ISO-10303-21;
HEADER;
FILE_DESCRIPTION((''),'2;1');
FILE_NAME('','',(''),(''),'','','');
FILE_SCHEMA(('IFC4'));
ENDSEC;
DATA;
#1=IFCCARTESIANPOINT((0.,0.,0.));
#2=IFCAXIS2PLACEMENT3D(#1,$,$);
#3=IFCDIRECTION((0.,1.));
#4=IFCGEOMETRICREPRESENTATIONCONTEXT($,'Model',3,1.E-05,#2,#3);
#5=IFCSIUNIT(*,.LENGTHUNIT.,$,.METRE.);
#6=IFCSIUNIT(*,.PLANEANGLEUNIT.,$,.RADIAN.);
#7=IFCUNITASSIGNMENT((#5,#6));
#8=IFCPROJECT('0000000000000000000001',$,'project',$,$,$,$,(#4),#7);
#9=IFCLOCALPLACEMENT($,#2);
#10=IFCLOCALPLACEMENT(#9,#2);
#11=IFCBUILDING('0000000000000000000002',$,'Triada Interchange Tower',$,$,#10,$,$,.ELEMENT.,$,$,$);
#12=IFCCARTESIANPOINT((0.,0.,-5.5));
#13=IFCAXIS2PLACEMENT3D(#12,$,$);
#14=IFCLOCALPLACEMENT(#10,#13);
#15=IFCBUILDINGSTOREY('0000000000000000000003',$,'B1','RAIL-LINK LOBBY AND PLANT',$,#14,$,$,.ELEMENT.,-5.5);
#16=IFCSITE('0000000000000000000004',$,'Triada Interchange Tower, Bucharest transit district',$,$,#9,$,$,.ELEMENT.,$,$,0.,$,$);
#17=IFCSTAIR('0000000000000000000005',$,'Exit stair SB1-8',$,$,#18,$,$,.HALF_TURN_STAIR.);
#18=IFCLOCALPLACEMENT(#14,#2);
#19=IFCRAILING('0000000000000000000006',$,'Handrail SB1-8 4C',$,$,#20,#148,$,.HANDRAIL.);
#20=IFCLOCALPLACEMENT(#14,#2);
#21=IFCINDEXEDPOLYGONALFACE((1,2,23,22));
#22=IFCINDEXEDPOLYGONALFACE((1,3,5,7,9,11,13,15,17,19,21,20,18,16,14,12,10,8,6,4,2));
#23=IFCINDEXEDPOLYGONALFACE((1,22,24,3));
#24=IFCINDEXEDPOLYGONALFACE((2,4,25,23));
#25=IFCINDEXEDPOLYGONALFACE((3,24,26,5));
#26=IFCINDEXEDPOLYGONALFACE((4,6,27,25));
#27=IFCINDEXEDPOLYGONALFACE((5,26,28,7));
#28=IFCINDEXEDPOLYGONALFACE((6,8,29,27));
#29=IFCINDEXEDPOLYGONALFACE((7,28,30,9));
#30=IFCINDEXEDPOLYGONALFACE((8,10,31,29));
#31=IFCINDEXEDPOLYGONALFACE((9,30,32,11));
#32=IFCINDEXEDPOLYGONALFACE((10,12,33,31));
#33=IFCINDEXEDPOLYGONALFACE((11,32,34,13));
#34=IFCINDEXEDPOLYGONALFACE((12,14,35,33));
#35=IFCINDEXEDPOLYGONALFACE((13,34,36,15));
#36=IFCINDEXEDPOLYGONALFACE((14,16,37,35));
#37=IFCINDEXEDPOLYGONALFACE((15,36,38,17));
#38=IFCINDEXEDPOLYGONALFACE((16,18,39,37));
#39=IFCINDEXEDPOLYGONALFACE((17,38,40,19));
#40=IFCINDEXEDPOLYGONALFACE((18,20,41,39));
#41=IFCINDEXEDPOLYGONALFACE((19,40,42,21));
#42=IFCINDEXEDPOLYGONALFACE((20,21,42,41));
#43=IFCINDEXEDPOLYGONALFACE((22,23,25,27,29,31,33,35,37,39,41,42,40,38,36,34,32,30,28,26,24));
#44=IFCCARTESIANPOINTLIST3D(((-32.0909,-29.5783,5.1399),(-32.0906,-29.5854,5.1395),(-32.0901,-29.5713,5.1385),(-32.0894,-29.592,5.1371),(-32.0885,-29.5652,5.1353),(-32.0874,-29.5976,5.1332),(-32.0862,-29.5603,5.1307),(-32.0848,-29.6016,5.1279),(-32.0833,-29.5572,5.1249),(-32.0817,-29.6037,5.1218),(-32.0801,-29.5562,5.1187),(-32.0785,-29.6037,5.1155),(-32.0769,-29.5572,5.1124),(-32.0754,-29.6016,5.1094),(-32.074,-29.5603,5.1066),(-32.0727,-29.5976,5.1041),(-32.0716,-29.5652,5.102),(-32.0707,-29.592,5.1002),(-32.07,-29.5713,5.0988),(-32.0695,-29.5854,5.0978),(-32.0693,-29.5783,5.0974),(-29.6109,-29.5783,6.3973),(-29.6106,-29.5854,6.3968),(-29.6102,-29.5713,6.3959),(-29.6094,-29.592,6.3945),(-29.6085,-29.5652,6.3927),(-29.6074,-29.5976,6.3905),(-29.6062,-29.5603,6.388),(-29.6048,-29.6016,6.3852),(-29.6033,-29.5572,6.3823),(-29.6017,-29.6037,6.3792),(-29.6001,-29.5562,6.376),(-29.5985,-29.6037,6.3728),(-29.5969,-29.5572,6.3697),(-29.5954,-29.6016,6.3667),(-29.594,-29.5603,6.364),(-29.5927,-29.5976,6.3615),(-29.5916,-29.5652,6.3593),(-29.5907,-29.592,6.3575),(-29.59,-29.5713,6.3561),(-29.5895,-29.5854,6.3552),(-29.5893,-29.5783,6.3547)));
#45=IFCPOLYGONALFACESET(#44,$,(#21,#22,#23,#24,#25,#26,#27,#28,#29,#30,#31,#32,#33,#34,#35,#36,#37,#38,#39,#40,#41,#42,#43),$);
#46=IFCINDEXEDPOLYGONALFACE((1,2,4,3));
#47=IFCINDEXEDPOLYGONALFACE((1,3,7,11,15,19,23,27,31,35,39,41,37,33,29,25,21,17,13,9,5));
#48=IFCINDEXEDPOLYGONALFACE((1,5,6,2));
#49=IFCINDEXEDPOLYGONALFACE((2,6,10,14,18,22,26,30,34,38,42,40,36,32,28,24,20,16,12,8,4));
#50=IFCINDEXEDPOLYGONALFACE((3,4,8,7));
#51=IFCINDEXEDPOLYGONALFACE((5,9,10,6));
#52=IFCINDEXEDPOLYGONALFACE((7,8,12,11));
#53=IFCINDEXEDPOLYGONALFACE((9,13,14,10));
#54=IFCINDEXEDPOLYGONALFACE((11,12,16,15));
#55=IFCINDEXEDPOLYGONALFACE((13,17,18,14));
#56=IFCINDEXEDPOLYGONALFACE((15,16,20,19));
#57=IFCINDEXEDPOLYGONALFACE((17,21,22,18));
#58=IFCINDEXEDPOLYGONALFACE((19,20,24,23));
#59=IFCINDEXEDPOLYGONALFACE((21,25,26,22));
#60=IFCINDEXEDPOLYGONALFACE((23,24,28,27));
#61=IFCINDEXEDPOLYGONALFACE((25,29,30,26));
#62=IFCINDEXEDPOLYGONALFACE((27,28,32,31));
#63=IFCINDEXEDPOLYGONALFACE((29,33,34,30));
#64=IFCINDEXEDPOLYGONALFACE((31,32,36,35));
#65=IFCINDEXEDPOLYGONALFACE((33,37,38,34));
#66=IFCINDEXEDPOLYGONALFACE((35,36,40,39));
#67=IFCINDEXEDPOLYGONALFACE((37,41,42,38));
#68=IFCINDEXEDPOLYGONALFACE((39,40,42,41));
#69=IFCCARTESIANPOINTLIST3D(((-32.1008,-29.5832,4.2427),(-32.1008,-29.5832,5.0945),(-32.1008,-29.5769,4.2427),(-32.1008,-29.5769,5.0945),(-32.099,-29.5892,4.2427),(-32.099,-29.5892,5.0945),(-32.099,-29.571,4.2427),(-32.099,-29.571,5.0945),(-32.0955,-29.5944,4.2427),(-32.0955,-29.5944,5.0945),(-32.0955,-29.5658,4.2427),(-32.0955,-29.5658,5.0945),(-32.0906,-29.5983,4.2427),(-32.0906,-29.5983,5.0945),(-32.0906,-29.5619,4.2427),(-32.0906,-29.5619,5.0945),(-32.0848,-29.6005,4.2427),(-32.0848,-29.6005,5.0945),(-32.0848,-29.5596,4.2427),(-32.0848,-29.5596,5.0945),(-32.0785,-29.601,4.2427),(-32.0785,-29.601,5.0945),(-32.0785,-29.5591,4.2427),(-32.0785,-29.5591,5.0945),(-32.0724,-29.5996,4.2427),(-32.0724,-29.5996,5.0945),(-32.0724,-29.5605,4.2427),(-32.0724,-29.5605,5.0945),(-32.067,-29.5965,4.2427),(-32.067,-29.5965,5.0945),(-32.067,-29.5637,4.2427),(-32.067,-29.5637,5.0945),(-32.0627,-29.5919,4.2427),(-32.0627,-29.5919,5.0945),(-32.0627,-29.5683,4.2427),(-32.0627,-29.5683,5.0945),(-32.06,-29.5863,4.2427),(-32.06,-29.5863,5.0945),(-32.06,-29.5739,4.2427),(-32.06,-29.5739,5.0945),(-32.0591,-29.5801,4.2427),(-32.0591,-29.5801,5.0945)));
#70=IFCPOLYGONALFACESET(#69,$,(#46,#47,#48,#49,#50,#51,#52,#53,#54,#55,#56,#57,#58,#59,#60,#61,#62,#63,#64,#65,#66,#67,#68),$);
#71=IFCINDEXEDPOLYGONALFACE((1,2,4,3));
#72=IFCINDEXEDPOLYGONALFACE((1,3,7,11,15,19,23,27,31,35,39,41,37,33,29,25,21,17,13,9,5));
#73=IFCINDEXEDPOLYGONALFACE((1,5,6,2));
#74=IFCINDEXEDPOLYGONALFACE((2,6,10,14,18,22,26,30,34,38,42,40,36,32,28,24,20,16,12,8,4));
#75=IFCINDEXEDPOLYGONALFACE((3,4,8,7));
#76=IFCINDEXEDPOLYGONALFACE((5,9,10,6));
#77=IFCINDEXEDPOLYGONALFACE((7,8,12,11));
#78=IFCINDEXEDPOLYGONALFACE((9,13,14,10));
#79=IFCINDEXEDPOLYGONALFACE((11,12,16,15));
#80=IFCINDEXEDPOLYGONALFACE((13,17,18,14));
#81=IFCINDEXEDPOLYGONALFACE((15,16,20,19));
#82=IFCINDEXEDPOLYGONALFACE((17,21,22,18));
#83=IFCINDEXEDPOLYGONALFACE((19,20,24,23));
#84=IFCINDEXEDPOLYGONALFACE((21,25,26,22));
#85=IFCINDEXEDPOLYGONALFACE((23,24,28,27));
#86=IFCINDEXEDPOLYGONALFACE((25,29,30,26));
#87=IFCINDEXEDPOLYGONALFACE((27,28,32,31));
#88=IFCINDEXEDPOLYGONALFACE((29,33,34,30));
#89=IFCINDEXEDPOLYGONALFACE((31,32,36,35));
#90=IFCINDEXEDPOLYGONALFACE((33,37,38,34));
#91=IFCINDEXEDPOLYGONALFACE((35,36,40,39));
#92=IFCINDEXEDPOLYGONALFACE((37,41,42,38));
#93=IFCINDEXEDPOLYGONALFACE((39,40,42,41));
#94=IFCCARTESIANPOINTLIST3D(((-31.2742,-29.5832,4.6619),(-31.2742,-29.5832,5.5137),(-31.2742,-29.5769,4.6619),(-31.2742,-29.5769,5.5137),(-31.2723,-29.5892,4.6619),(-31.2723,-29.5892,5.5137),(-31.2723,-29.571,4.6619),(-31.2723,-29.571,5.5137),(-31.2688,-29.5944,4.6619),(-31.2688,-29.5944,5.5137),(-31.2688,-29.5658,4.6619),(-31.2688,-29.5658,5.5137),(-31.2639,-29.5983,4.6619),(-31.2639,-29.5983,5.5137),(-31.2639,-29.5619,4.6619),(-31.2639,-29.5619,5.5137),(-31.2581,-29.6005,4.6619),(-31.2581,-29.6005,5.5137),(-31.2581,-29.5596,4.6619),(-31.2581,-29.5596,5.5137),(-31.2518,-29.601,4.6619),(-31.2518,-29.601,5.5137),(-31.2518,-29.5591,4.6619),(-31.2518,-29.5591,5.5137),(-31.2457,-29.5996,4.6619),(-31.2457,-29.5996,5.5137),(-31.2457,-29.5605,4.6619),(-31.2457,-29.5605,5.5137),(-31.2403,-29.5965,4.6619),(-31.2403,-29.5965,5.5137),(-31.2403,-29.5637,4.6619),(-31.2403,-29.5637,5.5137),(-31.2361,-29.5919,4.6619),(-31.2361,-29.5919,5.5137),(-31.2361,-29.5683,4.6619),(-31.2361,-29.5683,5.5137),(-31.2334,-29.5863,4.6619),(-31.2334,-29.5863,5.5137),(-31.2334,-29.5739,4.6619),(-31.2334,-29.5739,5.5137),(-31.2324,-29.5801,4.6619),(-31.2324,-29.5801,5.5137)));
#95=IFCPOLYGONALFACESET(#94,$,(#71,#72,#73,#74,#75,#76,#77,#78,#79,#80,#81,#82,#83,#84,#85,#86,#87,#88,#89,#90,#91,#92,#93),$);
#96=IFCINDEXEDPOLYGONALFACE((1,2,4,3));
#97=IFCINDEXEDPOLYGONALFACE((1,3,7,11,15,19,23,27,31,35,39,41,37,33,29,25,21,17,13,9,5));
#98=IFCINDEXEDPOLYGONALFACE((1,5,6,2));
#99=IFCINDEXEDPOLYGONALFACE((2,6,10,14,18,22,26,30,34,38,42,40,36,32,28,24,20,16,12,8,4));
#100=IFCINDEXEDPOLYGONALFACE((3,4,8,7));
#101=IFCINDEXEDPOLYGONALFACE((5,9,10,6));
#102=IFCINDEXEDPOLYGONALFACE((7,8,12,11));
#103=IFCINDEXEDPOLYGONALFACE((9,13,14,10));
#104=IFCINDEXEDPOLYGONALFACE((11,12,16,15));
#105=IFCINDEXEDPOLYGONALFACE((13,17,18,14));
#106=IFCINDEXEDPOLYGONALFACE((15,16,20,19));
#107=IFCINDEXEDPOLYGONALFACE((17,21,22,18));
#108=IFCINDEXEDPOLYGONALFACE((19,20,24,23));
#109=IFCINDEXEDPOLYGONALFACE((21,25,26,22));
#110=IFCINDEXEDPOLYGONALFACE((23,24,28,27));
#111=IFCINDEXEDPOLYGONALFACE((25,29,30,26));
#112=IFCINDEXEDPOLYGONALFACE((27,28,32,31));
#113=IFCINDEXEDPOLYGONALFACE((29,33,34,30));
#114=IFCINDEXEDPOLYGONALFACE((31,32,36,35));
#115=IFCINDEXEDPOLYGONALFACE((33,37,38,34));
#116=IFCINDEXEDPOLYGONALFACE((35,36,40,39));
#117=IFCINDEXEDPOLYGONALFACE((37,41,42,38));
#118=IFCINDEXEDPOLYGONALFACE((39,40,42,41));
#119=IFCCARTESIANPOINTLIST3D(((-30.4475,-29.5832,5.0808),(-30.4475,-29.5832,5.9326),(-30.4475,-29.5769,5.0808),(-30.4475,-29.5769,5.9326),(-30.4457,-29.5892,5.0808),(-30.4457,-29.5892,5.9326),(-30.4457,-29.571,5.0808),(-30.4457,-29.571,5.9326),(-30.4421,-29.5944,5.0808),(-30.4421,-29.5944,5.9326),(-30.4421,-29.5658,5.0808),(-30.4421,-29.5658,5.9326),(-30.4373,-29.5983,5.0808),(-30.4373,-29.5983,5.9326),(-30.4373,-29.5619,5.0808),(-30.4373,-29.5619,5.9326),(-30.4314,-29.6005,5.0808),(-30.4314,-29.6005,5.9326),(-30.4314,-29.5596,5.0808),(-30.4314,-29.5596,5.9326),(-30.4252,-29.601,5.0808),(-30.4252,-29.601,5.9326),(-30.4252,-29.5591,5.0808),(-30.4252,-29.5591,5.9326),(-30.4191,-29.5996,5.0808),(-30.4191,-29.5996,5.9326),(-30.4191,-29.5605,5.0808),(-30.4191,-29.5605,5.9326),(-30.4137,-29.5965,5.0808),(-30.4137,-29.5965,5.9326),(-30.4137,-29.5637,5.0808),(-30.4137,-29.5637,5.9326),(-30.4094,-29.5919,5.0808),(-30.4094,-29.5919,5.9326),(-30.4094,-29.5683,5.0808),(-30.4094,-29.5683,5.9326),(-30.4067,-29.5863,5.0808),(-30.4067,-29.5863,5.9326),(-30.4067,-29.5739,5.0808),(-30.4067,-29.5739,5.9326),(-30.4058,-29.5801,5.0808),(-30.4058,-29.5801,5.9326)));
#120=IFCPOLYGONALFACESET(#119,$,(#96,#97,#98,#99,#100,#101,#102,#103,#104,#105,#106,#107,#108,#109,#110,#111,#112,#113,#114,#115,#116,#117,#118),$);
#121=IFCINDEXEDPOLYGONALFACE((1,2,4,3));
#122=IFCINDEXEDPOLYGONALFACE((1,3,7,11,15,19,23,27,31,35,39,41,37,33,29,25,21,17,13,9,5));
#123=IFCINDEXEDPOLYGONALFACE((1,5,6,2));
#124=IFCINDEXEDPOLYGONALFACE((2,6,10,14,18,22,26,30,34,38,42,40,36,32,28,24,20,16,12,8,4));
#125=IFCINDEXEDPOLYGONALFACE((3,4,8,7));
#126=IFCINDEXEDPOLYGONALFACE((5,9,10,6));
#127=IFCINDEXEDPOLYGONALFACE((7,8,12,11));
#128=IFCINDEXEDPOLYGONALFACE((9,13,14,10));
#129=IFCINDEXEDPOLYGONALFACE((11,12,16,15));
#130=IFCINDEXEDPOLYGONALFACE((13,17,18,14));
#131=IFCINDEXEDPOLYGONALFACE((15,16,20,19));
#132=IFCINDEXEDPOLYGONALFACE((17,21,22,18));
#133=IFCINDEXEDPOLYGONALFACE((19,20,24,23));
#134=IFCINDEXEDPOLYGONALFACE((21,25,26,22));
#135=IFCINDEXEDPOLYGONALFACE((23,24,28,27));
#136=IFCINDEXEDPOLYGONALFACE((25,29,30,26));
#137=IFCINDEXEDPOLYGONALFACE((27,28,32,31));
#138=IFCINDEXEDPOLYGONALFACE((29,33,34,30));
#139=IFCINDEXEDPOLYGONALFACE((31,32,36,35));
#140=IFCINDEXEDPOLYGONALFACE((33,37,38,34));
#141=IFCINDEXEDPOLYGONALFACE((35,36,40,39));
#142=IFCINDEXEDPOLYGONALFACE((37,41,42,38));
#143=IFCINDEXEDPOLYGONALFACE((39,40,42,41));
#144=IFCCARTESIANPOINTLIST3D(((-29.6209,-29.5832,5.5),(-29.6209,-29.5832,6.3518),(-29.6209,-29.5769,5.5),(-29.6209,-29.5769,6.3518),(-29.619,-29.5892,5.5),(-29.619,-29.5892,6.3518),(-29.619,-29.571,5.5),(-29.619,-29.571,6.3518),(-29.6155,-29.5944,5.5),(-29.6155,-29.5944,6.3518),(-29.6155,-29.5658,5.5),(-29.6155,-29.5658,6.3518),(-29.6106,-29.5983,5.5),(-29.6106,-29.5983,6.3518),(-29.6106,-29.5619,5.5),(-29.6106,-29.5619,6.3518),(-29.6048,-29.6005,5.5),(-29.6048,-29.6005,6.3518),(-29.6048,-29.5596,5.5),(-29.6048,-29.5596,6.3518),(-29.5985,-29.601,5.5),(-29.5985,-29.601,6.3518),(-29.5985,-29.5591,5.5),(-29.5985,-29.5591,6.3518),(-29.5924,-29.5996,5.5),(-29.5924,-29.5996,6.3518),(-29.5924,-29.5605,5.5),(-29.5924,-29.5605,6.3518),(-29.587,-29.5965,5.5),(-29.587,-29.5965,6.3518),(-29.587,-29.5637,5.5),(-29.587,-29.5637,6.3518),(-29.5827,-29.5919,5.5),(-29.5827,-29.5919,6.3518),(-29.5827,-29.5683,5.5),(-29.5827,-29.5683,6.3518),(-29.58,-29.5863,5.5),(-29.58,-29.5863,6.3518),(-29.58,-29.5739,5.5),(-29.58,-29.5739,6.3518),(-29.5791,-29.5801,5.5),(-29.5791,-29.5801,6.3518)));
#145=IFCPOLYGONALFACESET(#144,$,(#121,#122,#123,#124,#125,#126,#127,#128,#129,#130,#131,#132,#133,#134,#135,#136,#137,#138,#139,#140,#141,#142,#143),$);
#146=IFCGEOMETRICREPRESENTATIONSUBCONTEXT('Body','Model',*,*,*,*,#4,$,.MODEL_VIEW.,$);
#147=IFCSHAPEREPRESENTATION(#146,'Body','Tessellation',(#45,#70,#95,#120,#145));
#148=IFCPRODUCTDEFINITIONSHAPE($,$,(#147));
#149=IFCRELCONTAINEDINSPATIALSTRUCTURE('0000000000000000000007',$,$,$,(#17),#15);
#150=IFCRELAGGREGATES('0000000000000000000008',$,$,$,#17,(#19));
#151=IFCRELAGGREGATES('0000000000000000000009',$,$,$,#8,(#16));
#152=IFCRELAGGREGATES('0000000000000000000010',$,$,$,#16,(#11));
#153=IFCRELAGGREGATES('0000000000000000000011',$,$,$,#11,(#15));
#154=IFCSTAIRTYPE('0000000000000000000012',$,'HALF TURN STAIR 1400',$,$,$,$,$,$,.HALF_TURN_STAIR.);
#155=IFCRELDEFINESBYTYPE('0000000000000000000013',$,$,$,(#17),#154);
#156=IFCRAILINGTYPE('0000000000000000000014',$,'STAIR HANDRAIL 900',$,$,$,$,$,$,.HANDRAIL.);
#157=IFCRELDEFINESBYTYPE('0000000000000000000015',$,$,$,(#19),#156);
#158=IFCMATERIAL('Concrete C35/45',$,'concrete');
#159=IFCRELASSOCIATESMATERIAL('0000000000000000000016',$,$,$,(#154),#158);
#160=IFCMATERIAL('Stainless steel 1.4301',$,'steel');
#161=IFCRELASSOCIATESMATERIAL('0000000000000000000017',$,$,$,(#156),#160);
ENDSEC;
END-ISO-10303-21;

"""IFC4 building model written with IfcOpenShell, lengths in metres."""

from ifc_helpers import new_model, si_unit, direction, frame, origin, origin_2d, place, context, subcontext, project, spatial, circle, extrude, material, type_object, element, aggregate, save


model = new_model("IFC4")

# Units and contexts
model_context = context("Model", 3, precision=1e-05, world=origin(), true_north=direction((0.0, 1.0)))
body_context = subcontext(model_context, "Body", "Model", "MODEL_VIEW")
ifc_project = project(units=[si_unit("LENGTHUNIT", "METRE"), si_unit("PLANEANGLEUNIT", "RADIAN")], contexts=[model_context])

# Site, building, storey
site_placement = place(None, origin())
site = spatial("IfcSite", under=ifc_project, at=site_placement, Name="Triada Interchange Tower, Bucharest transit district", CompositionType="ELEMENT", RefElevation=0.0)
building_placement = place(site_placement, origin())
building = spatial("IfcBuilding", under=site, at=building_placement, Name="Triada Interchange Tower", CompositionType="ELEMENT")
storey_placement = place(building_placement, frame((0.0, 0.0, -5.5)))
storey = spatial("IfcBuildingStorey", under=building, at=storey_placement, Name="B1", Description="RAIL-LINK LOBBY AND PLANT", CompositionType="ELEMENT", Elevation=-5.5)

# Shared definitions
ifc_material_1 = material(Name="Concrete C35/45", Category="concrete")

# Stair, railing
stair_type = type_object("IfcStairType", Name="HALF TURN STAIR 1400", PredefinedType="HALF_TURN_STAIR", material=ifc_material_1)
stair_placement = place(storey_placement, origin())
stair = element("IfcStair", 1, at=stair_placement, inside=storey, type_object=stair_type, Name="Exit stair SB1-8", PredefinedType="HALF_TURN_STAIR")
ifc_material_2 = material(Name="Stainless steel 1.4301", Category="steel")
railing_type_1 = type_object("IfcRailingType", Name="STAIR HANDRAIL 900", PredefinedType="HANDRAIL", material=ifc_material_2)
railing_1_placement = place(storey_placement, frame((-32.0801, -29.5801, 4.2427)))
railing_1 = element("IfcRailing", 2, at=railing_1_placement, type_object=railing_type_1, Name="Handrail SB1-8 4C", PredefinedType="HANDRAIL", context=body_context, shape_type="SweptSolid", body=[
    extrude(circle(Radius=0.0239, at=origin_2d()), frame((0.0, 0.0, 0.876), z_axis=(0.89192, 0.0, 0.452194), x_axis=(0.0, 1.0, 0.0)), (0.0, 0.0, 1.0), 2.7805),
    extrude(circle(Radius=0.021, at=origin_2d()), origin(), (0.0, 0.0, 1.0), 0.8518),
    extrude(circle(Radius=0.021, at=origin_2d()), frame((0.8267, 0.0, 0.4192)), (0.0, 0.0, 1.0), 0.8518),
    extrude(circle(Radius=0.021, at=origin_2d()), frame((1.6533, 0.0, 0.8381)), (0.0, 0.0, 1.0), 0.8518),
    extrude(circle(Radius=0.021, at=origin_2d()), frame((2.48, 0.0, 1.2573)), (0.0, 0.0, 1.0), 0.8518),
])
aggregate(stair, [railing_1])

save(model, "model.ifc")
